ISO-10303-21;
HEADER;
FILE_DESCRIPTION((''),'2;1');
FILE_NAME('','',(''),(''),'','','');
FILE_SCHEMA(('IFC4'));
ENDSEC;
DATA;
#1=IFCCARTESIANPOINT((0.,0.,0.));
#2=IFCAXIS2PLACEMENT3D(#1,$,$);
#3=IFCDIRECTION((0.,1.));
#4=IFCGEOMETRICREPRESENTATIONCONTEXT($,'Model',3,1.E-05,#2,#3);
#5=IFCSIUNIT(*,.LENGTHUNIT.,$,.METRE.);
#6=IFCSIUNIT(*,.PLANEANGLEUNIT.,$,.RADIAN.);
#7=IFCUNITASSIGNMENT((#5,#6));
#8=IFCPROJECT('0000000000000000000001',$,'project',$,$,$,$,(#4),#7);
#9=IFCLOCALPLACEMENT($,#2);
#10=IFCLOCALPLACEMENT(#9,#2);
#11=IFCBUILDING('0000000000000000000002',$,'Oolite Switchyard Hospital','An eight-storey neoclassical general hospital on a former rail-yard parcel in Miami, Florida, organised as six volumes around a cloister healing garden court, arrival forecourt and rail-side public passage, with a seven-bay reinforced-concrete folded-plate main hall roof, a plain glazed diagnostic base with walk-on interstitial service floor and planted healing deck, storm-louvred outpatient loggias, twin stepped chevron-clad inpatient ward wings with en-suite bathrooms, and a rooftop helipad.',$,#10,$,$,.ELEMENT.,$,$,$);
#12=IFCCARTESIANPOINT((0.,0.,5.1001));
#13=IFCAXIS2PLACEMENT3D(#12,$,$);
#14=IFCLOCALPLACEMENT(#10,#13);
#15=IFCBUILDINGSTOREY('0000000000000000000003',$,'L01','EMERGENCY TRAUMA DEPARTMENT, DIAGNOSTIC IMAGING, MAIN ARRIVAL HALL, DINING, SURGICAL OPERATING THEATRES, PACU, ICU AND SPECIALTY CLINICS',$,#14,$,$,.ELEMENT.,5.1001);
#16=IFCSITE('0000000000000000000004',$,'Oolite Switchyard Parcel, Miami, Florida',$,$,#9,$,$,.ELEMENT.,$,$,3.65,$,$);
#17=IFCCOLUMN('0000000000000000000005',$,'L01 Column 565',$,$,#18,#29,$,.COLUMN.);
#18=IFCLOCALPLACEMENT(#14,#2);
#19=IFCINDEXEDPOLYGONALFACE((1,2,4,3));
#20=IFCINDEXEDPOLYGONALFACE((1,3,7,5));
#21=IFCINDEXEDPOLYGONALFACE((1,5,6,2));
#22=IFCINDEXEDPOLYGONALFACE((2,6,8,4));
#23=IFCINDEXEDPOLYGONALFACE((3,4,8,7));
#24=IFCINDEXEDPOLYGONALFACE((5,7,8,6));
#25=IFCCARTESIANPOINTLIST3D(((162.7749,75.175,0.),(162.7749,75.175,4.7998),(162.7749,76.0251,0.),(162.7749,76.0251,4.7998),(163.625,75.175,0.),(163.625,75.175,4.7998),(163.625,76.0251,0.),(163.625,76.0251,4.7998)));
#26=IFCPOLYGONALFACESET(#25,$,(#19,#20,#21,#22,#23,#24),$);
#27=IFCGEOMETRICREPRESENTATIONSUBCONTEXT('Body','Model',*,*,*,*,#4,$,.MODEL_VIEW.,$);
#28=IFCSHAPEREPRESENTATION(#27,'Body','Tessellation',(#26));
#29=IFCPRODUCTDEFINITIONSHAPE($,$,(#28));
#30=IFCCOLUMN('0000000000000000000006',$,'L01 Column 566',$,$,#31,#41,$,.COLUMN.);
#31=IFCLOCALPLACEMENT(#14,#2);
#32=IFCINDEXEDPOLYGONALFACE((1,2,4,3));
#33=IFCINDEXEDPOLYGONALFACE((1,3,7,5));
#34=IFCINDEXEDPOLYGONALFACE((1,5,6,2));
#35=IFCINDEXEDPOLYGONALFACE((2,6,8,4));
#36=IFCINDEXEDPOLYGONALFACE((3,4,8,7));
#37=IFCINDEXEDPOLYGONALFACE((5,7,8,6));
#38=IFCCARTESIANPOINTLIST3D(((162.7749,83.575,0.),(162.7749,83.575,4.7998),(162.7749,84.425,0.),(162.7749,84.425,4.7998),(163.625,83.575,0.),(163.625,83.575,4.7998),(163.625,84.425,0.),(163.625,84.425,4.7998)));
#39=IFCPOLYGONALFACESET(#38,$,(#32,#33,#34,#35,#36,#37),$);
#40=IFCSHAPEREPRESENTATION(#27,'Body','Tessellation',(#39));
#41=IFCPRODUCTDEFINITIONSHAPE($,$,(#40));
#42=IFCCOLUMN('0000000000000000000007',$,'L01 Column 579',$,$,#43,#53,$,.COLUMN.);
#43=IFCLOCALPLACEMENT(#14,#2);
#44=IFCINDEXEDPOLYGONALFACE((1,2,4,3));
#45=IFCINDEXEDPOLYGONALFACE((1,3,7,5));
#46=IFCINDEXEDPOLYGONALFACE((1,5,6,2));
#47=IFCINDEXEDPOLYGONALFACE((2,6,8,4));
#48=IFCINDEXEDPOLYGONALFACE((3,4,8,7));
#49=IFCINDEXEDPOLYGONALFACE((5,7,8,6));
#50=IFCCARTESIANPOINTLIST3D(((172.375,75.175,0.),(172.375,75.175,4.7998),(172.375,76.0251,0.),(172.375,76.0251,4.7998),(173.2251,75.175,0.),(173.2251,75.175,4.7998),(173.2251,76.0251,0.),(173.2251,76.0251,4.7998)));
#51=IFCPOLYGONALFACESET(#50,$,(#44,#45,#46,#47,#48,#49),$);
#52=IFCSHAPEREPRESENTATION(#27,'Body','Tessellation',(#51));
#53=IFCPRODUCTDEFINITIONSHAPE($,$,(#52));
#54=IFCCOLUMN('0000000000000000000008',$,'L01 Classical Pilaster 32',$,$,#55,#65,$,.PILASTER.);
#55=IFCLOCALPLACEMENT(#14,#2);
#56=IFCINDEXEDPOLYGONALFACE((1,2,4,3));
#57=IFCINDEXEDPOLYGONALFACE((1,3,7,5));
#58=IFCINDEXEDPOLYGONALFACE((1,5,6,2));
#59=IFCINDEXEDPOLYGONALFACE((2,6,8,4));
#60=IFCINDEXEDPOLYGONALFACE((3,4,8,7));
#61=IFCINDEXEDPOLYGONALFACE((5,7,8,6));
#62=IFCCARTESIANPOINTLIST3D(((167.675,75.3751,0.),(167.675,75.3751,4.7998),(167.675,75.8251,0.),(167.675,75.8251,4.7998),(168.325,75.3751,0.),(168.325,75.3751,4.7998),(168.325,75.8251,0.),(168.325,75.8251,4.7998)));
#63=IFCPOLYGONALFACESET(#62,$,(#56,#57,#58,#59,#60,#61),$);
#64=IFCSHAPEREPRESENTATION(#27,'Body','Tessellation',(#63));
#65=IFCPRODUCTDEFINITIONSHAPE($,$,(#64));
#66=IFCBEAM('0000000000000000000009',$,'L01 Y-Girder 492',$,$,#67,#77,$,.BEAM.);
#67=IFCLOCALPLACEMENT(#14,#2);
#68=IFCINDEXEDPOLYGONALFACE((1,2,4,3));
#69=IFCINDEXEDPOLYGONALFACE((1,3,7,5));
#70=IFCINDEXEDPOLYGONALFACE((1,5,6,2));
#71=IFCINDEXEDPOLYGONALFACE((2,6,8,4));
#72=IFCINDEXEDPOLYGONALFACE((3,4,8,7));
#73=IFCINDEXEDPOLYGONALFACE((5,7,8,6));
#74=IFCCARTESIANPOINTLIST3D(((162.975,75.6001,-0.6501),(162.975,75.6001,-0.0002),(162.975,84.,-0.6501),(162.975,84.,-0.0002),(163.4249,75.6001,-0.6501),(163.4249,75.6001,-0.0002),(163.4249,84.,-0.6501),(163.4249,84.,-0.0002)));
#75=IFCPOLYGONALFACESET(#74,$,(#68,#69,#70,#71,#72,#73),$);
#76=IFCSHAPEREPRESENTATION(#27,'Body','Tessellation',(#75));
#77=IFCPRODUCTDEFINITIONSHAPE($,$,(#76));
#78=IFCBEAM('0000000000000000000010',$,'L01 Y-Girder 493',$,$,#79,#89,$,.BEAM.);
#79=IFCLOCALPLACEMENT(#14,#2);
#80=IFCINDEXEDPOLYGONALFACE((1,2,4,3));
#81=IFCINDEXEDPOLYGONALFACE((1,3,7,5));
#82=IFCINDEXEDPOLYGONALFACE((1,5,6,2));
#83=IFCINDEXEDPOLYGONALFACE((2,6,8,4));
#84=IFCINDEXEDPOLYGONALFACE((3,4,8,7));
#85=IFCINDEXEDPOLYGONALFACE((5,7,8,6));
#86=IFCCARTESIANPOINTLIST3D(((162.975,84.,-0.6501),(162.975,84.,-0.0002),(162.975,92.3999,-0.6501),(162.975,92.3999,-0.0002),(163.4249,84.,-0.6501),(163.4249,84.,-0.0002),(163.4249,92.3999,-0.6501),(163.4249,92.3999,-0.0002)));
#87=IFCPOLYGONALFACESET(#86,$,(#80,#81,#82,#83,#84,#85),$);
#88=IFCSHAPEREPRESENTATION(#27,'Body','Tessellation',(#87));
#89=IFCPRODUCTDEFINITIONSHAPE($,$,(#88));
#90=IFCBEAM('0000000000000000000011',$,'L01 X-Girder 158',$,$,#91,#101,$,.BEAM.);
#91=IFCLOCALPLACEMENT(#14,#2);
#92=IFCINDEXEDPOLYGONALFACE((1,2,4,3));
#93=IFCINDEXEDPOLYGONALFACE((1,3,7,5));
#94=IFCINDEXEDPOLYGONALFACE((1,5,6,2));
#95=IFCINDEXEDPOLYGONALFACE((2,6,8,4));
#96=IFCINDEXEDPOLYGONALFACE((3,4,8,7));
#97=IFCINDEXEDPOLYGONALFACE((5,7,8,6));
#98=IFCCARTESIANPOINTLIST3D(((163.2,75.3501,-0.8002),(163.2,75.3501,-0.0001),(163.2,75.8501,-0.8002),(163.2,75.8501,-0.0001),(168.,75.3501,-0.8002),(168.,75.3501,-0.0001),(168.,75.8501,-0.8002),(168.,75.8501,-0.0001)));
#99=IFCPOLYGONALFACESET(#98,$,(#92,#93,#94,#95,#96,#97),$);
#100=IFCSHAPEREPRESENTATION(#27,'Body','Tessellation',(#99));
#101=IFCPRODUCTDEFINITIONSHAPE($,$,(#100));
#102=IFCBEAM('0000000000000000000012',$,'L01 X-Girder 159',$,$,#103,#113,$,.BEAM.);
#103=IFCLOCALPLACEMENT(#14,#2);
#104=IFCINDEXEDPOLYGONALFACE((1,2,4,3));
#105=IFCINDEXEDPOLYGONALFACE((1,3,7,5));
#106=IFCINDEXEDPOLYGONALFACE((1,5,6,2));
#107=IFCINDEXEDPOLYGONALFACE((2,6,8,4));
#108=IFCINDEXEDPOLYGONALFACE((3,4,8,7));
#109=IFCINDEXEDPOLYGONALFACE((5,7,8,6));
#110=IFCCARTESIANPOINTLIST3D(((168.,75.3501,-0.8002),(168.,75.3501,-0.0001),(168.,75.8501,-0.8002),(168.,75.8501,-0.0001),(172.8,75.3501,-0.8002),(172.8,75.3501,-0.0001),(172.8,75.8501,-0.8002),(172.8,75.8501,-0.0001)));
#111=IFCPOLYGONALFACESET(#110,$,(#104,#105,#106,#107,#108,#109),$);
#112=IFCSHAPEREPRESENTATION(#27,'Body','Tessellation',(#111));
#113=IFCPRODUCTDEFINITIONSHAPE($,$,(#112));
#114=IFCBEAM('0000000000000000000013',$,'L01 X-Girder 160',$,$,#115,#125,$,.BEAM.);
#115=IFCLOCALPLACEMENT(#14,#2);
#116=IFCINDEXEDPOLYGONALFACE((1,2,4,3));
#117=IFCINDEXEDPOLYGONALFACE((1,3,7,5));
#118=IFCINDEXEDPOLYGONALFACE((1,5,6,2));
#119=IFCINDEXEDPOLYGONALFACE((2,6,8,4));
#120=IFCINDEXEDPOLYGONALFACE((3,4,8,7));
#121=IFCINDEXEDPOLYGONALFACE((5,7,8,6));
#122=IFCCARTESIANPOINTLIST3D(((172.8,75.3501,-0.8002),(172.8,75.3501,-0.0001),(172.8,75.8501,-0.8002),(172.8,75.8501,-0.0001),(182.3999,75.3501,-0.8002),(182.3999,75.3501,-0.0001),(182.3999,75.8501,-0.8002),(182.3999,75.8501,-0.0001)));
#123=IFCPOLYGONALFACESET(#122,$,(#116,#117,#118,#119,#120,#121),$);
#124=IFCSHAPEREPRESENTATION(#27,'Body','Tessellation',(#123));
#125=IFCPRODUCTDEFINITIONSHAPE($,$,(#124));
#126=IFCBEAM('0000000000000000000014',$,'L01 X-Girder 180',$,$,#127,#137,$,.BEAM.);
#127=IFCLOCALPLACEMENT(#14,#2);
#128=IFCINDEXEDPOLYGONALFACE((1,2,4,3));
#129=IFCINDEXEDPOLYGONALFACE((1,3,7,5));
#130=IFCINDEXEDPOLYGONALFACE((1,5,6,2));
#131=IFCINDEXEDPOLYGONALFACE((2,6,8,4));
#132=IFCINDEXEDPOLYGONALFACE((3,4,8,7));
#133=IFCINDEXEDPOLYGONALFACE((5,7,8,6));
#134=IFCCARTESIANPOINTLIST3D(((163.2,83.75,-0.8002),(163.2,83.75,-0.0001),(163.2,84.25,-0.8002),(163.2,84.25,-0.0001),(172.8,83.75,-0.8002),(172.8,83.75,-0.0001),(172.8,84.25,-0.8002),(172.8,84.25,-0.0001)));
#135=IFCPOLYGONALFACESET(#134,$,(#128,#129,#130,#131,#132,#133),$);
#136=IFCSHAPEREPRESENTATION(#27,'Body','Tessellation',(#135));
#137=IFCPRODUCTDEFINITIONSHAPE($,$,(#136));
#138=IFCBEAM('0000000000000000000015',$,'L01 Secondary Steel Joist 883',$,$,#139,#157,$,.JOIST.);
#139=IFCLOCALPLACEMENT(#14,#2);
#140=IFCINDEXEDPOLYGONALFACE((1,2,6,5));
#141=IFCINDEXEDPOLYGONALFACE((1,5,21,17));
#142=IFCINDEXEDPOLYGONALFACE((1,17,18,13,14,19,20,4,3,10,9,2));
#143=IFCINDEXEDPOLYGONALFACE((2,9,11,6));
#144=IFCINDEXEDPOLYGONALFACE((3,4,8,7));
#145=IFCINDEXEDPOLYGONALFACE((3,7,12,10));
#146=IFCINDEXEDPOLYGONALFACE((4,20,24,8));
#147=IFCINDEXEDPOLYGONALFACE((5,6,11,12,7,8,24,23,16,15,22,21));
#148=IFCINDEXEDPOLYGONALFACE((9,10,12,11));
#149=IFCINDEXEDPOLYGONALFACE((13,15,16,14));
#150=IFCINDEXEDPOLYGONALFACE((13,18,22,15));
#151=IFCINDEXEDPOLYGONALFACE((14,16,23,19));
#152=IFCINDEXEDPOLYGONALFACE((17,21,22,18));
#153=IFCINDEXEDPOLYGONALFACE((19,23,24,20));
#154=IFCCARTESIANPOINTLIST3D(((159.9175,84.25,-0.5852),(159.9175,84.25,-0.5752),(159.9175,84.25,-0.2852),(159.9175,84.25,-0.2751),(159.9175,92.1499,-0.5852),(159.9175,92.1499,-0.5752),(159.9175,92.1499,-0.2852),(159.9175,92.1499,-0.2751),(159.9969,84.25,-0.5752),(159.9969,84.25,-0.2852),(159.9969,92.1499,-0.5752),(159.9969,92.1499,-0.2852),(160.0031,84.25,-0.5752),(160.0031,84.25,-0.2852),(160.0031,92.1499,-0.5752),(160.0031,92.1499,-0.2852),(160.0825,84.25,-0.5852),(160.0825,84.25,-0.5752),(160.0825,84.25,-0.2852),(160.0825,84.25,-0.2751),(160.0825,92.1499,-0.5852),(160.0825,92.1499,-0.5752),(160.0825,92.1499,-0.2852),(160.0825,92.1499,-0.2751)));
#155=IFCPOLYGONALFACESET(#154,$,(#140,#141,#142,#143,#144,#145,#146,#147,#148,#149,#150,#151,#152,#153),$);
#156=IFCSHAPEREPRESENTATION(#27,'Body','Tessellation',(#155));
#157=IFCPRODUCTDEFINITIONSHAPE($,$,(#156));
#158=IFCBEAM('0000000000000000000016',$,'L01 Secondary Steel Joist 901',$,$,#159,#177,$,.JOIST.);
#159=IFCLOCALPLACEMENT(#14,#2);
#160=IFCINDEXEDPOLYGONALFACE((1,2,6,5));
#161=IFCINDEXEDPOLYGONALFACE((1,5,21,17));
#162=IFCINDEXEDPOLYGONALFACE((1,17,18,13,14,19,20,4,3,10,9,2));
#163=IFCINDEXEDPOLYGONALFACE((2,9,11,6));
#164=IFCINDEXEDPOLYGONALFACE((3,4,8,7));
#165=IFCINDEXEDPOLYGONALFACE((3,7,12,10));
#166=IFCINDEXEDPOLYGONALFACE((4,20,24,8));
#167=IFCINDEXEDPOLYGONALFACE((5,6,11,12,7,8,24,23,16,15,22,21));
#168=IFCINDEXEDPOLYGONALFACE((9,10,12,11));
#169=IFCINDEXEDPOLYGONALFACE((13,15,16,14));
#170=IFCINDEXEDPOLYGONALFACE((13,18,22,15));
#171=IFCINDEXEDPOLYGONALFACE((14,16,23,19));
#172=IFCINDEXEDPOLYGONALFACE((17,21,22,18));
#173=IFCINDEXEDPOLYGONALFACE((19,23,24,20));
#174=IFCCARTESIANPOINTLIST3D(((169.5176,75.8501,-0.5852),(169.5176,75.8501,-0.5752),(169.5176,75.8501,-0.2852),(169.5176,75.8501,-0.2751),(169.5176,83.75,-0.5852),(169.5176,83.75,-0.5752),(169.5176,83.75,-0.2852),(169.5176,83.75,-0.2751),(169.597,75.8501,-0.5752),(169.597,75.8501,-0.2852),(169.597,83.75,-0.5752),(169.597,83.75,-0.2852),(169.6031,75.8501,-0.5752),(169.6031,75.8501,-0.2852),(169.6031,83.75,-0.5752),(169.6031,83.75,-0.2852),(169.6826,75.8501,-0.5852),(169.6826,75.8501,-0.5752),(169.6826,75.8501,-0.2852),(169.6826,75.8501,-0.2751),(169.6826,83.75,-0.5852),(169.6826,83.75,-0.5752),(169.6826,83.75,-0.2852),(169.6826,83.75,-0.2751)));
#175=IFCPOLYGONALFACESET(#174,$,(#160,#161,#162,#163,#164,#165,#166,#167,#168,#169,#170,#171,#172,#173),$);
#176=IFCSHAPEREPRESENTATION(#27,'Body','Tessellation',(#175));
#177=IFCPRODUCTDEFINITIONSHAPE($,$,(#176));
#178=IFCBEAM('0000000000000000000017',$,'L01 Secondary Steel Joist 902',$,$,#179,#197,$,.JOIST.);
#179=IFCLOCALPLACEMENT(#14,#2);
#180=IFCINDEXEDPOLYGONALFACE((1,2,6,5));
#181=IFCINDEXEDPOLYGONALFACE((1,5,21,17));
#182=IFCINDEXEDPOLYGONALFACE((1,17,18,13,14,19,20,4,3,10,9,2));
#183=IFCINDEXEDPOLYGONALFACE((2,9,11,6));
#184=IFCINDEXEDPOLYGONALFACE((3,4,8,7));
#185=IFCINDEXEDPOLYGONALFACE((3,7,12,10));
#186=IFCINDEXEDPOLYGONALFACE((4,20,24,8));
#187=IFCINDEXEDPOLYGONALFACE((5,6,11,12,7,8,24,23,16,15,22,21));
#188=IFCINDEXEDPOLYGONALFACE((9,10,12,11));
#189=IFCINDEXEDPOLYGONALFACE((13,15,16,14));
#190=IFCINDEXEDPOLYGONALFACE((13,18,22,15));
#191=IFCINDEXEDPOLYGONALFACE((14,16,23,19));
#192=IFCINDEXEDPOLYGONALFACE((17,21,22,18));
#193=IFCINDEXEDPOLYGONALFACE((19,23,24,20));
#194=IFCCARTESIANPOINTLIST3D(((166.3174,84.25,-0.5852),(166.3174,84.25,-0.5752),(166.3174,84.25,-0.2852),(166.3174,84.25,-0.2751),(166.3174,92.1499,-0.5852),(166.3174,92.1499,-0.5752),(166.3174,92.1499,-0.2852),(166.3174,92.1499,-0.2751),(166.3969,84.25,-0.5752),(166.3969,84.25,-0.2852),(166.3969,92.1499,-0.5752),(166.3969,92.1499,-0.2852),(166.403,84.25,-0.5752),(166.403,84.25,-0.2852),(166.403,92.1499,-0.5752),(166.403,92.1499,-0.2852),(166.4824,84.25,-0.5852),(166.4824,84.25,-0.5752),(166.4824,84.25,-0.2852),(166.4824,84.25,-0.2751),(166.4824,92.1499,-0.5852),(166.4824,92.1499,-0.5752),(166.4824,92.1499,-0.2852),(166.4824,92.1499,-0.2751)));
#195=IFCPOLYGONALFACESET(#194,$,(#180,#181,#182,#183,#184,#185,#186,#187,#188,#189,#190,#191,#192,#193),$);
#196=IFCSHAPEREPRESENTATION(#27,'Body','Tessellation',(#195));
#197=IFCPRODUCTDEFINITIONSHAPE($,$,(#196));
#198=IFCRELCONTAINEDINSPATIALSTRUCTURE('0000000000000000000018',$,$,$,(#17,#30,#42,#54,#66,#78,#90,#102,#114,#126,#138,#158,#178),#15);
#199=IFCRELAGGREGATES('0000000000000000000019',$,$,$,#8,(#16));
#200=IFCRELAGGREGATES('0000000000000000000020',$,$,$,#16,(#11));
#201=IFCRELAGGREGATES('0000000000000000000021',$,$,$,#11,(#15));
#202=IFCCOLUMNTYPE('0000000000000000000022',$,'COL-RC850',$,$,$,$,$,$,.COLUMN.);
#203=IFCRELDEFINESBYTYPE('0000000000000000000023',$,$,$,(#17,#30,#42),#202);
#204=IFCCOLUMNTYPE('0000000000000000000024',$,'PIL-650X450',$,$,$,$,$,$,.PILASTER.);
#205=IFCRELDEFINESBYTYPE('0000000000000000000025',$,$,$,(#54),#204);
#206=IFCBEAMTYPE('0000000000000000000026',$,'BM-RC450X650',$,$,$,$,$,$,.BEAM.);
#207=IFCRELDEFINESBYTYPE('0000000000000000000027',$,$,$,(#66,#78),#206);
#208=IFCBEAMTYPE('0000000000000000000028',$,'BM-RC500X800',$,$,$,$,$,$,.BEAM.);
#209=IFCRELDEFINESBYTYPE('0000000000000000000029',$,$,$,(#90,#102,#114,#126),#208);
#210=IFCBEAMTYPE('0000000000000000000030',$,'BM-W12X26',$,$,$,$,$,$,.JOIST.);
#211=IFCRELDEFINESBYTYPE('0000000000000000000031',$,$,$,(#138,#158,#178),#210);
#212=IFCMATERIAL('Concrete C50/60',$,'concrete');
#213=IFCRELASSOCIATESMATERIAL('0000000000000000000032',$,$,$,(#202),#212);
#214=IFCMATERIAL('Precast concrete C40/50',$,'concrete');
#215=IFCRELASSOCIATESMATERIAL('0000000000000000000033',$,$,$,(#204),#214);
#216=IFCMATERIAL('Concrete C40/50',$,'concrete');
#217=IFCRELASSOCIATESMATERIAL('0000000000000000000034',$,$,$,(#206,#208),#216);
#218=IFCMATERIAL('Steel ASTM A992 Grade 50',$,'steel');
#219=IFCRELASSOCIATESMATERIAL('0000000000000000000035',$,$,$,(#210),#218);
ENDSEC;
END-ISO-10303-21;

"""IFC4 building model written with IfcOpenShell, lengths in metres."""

from ifc_helpers import new_model, si_unit, direction, frame, origin, origin_2d, place, context, subcontext, project, spatial, rectangle, i_section, extrude, material, material_profile, profile_set, type_object, element, save


model = new_model("IFC4")

# Units and contexts
model_context = context("Model", 3, precision=1e-05, world=origin(), true_north=direction((0.0, 1.0)))
body_context = subcontext(model_context, "Body", "Model", "MODEL_VIEW")
ifc_project = project(units=[si_unit("LENGTHUNIT", "METRE"), si_unit("PLANEANGLEUNIT", "RADIAN")], contexts=[model_context])

# Site, building, storey
site_placement = place(None, origin())
site = spatial("IfcSite", under=ifc_project, at=site_placement, Name="Oolite Switchyard Parcel, Miami, Florida", CompositionType="ELEMENT", RefElevation=3.65)
building_placement = place(site_placement, origin())
building = spatial("IfcBuilding", under=site, at=building_placement, Name="Oolite Switchyard Hospital", Description="An eight-storey neoclassical general hospital on a former rail-yard parcel in Miami, Florida, organised as six volumes around a cloister healing garden court, arrival forecourt and rail-side public passage, with a seven-bay reinforced-concrete folded-plate main hall roof, a plain glazed diagnostic base with walk-on interstitial service floor and planted healing deck, storm-louvred outpatient loggias, twin stepped chevron-clad inpatient ward wings with en-suite bathrooms, and a rooftop helipad.", CompositionType="ELEMENT")
storey_placement = place(building_placement, frame((0.0, 0.0, 5.1001)))
storey = spatial("IfcBuildingStorey", under=building, at=storey_placement, Name="L01", Description="EMERGENCY TRAUMA DEPARTMENT, DIAGNOSTIC IMAGING, MAIN ARRIVAL HALL, DINING, SURGICAL OPERATING THEATRES, PACU, ICU AND SPECIALTY CLINICS", CompositionType="ELEMENT", Elevation=5.1001)

# Columns
ifc_material_1 = material(Name="Concrete C50/60", Category="concrete")
ifc_material_profile_1 = material_profile(ifc_material_1, rectangle(XDim=0.8501, YDim=0.8501, at=origin_2d()), Name="RC850X850")
ifc_profile_set_1 = profile_set([ifc_material_profile_1], Name="Concrete C50/60")
column_type_1 = type_object("IfcColumnType", Name="COL-RC850", PredefinedType="COLUMN", material=ifc_profile_set_1)
for number, where, z_axis, x_axis, name in (
    (1, (163.2, 75.6001, 0.0), (0.0, 0.0, 1.0), (1.0, 0.0, 0.0), "L01 Column 565"),
    (2, (163.2, 84.0, 0.0), (0.0, 0.0, 1.0), (1.0, 0.0, 0.0), "L01 Column 566"),
    (3, (172.8, 75.6001, 0.0), (0.0, 0.0, 1.0), (1.0, 0.0, 0.0), "L01 Column 579"),
):
    element("IfcColumn", number, at=place(storey_placement, frame(where, z_axis=z_axis, x_axis=x_axis)), inside=storey, type_object=column_type_1, Name=name, PredefinedType="COLUMN", context=body_context, shape_type="SweptSolid", body=[
        extrude(rectangle(XDim=0.8501, YDim=0.8501, at=origin_2d()), origin(), (0.0, 0.0, 1.0), 4.7998),
    ])
ifc_material_2 = material(Name="Precast concrete C40/50", Category="concrete")
ifc_material_profile_2 = material_profile(ifc_material_2, rectangle(XDim=0.6499, YDim=0.45, at=origin_2d()), Name="PIL650X450")
ifc_profile_set_2 = profile_set([ifc_material_profile_2], Name="Precast concrete C40/50")
column_type_2 = type_object("IfcColumnType", Name="PIL-650X450", PredefinedType="PILASTER", material=ifc_profile_set_2)
column_placement = place(storey_placement, frame((168.0, 75.6001, 0.0), z_axis=(0.0, 0.0, 1.0), x_axis=(1.0, 0.0, 0.0)))
element("IfcColumn", 4, at=column_placement, inside=storey, type_object=column_type_2, Name="L01 Classical Pilaster 32", PredefinedType="PILASTER", context=body_context, shape_type="SweptSolid", body=[
    extrude(rectangle(XDim=0.6499, YDim=0.45, at=origin_2d()), origin(), (0.0, 0.0, 1.0), 4.7998),
])

# Beams
ifc_material_3 = material(Name="Concrete C40/50", Category="concrete")
ifc_material_profile_3 = material_profile(ifc_material_3, rectangle(XDim=0.45, YDim=0.6499, at=origin_2d()), Name="RCB450X650")
ifc_profile_set_3 = profile_set([ifc_material_profile_3], Name="Concrete C40/50")
beam_type_1 = type_object("IfcBeamType", Name="BM-RC450X650", PredefinedType="BEAM", material=ifc_profile_set_3)
for number, where, z_axis, x_axis, name in (
    (5, (163.2, 75.6001, -0.3252), (0.0, 1.0, 0.0), (-1.0, 0.0, 0.0), "L01 Y-Girder 492"),
    (6, (163.2, 84.0, -0.3252), (0.0, 1.0, 0.0), (-1.0, 0.0, 0.0), "L01 Y-Girder 493"),
):
    element("IfcBeam", number, at=place(storey_placement, frame(where, z_axis=z_axis, x_axis=x_axis)), inside=storey, type_object=beam_type_1, Name=name, PredefinedType="BEAM", context=body_context, shape_type="SweptSolid", body=[
        extrude(rectangle(XDim=0.45, YDim=0.6499, at=origin_2d()), origin(), (0.0, 0.0, 1.0), 8.3999),
    ])
ifc_material_profile_4 = material_profile(ifc_material_3, rectangle(XDim=0.5, YDim=0.8, at=origin_2d()), Name="RCB500X800")
ifc_profile_set_4 = profile_set([ifc_material_profile_4], Name="Concrete C40/50")
beam_type_2 = type_object("IfcBeamType", Name="BM-RC500X800", PredefinedType="BEAM", material=ifc_profile_set_4)
for number, where, z_axis, x_axis, name in (
    (7, (163.2, 75.6001, -0.4001), (1.0, 0.0, 0.0), (0.0, 1.0, 0.0), "L01 X-Girder 158"),
    (8, (168.0, 75.6001, -0.4001), (1.0, 0.0, 0.0), (0.0, 1.0, 0.0), "L01 X-Girder 159"),
):
    element("IfcBeam", number, at=place(storey_placement, frame(where, z_axis=z_axis, x_axis=x_axis)), inside=storey, type_object=beam_type_2, Name=name, PredefinedType="BEAM", context=body_context, shape_type="SweptSolid", body=[
        extrude(rectangle(XDim=0.5, YDim=0.8, at=origin_2d()), origin(), (0.0, 0.0, 1.0), 4.8),
    ])
beam_1_placement = place(storey_placement, frame((172.8, 75.6001, -0.4001), z_axis=(1.0, 0.0, 0.0), x_axis=(0.0, 1.0, 0.0)))
element("IfcBeam", 9, at=beam_1_placement, inside=storey, type_object=beam_type_2, Name="L01 X-Girder 160", PredefinedType="BEAM", context=body_context, shape_type="SweptSolid", body=[
    extrude(rectangle(XDim=0.5, YDim=0.8, at=origin_2d()), origin(), (0.0, 0.0, 1.0), 9.5999),
])
beam_2_placement = place(storey_placement, frame((163.2, 84.0, -0.4001), z_axis=(1.0, 0.0, 0.0), x_axis=(0.0, 1.0, 0.0)))
element("IfcBeam", 10, at=beam_2_placement, inside=storey, type_object=beam_type_2, Name="L01 X-Girder 180", PredefinedType="BEAM", context=body_context, shape_type="SweptSolid", body=[
    extrude(rectangle(XDim=0.5, YDim=0.8, at=origin_2d()), origin(), (0.0, 0.0, 1.0), 9.6001),
])
ifc_material_4 = material(Name="Steel ASTM A992 Grade 50", Category="steel")
ifc_material_profile_5 = material_profile(ifc_material_4, i_section(OverallWidth=0.165, OverallDepth=0.3101, WebThickness=0.0061, FlangeThickness=0.01, at=origin_2d()), Name="W12X26")
ifc_profile_set_5 = profile_set([ifc_material_profile_5], Name="Steel ASTM A992 Grade 50")
beam_type_3 = type_object("IfcBeamType", Name="BM-W12X26", PredefinedType="JOIST", material=ifc_profile_set_5)
for number, where, z_axis, x_axis, name in (
    (11, (160.0, 84.25, -0.4302), (0.0, 1.0, 0.0), (-1.0, 0.0, 0.0), "L01 Secondary Steel Joist 883"),
    (12, (169.6001, 75.8501, -0.4302), (0.0, 1.0, 0.0), (-1.0, 0.0, 0.0), "L01 Secondary Steel Joist 901"),
    (13, (166.3999, 84.25, -0.4302), (0.0, 1.0, 0.0), (-1.0, 0.0, 0.0), "L01 Secondary Steel Joist 902"),
):
    element("IfcBeam", number, at=place(storey_placement, frame(where, z_axis=z_axis, x_axis=x_axis)), inside=storey, type_object=beam_type_3, Name=name, PredefinedType="JOIST", context=body_context, shape_type="SweptSolid", body=[
        extrude(i_section(OverallWidth=0.165, OverallDepth=0.3101, WebThickness=0.0061, FlangeThickness=0.01, at=origin_2d()), origin(), (0.0, 0.0, 1.0), 7.8999),
    ])

save(model, "model.ifc")
